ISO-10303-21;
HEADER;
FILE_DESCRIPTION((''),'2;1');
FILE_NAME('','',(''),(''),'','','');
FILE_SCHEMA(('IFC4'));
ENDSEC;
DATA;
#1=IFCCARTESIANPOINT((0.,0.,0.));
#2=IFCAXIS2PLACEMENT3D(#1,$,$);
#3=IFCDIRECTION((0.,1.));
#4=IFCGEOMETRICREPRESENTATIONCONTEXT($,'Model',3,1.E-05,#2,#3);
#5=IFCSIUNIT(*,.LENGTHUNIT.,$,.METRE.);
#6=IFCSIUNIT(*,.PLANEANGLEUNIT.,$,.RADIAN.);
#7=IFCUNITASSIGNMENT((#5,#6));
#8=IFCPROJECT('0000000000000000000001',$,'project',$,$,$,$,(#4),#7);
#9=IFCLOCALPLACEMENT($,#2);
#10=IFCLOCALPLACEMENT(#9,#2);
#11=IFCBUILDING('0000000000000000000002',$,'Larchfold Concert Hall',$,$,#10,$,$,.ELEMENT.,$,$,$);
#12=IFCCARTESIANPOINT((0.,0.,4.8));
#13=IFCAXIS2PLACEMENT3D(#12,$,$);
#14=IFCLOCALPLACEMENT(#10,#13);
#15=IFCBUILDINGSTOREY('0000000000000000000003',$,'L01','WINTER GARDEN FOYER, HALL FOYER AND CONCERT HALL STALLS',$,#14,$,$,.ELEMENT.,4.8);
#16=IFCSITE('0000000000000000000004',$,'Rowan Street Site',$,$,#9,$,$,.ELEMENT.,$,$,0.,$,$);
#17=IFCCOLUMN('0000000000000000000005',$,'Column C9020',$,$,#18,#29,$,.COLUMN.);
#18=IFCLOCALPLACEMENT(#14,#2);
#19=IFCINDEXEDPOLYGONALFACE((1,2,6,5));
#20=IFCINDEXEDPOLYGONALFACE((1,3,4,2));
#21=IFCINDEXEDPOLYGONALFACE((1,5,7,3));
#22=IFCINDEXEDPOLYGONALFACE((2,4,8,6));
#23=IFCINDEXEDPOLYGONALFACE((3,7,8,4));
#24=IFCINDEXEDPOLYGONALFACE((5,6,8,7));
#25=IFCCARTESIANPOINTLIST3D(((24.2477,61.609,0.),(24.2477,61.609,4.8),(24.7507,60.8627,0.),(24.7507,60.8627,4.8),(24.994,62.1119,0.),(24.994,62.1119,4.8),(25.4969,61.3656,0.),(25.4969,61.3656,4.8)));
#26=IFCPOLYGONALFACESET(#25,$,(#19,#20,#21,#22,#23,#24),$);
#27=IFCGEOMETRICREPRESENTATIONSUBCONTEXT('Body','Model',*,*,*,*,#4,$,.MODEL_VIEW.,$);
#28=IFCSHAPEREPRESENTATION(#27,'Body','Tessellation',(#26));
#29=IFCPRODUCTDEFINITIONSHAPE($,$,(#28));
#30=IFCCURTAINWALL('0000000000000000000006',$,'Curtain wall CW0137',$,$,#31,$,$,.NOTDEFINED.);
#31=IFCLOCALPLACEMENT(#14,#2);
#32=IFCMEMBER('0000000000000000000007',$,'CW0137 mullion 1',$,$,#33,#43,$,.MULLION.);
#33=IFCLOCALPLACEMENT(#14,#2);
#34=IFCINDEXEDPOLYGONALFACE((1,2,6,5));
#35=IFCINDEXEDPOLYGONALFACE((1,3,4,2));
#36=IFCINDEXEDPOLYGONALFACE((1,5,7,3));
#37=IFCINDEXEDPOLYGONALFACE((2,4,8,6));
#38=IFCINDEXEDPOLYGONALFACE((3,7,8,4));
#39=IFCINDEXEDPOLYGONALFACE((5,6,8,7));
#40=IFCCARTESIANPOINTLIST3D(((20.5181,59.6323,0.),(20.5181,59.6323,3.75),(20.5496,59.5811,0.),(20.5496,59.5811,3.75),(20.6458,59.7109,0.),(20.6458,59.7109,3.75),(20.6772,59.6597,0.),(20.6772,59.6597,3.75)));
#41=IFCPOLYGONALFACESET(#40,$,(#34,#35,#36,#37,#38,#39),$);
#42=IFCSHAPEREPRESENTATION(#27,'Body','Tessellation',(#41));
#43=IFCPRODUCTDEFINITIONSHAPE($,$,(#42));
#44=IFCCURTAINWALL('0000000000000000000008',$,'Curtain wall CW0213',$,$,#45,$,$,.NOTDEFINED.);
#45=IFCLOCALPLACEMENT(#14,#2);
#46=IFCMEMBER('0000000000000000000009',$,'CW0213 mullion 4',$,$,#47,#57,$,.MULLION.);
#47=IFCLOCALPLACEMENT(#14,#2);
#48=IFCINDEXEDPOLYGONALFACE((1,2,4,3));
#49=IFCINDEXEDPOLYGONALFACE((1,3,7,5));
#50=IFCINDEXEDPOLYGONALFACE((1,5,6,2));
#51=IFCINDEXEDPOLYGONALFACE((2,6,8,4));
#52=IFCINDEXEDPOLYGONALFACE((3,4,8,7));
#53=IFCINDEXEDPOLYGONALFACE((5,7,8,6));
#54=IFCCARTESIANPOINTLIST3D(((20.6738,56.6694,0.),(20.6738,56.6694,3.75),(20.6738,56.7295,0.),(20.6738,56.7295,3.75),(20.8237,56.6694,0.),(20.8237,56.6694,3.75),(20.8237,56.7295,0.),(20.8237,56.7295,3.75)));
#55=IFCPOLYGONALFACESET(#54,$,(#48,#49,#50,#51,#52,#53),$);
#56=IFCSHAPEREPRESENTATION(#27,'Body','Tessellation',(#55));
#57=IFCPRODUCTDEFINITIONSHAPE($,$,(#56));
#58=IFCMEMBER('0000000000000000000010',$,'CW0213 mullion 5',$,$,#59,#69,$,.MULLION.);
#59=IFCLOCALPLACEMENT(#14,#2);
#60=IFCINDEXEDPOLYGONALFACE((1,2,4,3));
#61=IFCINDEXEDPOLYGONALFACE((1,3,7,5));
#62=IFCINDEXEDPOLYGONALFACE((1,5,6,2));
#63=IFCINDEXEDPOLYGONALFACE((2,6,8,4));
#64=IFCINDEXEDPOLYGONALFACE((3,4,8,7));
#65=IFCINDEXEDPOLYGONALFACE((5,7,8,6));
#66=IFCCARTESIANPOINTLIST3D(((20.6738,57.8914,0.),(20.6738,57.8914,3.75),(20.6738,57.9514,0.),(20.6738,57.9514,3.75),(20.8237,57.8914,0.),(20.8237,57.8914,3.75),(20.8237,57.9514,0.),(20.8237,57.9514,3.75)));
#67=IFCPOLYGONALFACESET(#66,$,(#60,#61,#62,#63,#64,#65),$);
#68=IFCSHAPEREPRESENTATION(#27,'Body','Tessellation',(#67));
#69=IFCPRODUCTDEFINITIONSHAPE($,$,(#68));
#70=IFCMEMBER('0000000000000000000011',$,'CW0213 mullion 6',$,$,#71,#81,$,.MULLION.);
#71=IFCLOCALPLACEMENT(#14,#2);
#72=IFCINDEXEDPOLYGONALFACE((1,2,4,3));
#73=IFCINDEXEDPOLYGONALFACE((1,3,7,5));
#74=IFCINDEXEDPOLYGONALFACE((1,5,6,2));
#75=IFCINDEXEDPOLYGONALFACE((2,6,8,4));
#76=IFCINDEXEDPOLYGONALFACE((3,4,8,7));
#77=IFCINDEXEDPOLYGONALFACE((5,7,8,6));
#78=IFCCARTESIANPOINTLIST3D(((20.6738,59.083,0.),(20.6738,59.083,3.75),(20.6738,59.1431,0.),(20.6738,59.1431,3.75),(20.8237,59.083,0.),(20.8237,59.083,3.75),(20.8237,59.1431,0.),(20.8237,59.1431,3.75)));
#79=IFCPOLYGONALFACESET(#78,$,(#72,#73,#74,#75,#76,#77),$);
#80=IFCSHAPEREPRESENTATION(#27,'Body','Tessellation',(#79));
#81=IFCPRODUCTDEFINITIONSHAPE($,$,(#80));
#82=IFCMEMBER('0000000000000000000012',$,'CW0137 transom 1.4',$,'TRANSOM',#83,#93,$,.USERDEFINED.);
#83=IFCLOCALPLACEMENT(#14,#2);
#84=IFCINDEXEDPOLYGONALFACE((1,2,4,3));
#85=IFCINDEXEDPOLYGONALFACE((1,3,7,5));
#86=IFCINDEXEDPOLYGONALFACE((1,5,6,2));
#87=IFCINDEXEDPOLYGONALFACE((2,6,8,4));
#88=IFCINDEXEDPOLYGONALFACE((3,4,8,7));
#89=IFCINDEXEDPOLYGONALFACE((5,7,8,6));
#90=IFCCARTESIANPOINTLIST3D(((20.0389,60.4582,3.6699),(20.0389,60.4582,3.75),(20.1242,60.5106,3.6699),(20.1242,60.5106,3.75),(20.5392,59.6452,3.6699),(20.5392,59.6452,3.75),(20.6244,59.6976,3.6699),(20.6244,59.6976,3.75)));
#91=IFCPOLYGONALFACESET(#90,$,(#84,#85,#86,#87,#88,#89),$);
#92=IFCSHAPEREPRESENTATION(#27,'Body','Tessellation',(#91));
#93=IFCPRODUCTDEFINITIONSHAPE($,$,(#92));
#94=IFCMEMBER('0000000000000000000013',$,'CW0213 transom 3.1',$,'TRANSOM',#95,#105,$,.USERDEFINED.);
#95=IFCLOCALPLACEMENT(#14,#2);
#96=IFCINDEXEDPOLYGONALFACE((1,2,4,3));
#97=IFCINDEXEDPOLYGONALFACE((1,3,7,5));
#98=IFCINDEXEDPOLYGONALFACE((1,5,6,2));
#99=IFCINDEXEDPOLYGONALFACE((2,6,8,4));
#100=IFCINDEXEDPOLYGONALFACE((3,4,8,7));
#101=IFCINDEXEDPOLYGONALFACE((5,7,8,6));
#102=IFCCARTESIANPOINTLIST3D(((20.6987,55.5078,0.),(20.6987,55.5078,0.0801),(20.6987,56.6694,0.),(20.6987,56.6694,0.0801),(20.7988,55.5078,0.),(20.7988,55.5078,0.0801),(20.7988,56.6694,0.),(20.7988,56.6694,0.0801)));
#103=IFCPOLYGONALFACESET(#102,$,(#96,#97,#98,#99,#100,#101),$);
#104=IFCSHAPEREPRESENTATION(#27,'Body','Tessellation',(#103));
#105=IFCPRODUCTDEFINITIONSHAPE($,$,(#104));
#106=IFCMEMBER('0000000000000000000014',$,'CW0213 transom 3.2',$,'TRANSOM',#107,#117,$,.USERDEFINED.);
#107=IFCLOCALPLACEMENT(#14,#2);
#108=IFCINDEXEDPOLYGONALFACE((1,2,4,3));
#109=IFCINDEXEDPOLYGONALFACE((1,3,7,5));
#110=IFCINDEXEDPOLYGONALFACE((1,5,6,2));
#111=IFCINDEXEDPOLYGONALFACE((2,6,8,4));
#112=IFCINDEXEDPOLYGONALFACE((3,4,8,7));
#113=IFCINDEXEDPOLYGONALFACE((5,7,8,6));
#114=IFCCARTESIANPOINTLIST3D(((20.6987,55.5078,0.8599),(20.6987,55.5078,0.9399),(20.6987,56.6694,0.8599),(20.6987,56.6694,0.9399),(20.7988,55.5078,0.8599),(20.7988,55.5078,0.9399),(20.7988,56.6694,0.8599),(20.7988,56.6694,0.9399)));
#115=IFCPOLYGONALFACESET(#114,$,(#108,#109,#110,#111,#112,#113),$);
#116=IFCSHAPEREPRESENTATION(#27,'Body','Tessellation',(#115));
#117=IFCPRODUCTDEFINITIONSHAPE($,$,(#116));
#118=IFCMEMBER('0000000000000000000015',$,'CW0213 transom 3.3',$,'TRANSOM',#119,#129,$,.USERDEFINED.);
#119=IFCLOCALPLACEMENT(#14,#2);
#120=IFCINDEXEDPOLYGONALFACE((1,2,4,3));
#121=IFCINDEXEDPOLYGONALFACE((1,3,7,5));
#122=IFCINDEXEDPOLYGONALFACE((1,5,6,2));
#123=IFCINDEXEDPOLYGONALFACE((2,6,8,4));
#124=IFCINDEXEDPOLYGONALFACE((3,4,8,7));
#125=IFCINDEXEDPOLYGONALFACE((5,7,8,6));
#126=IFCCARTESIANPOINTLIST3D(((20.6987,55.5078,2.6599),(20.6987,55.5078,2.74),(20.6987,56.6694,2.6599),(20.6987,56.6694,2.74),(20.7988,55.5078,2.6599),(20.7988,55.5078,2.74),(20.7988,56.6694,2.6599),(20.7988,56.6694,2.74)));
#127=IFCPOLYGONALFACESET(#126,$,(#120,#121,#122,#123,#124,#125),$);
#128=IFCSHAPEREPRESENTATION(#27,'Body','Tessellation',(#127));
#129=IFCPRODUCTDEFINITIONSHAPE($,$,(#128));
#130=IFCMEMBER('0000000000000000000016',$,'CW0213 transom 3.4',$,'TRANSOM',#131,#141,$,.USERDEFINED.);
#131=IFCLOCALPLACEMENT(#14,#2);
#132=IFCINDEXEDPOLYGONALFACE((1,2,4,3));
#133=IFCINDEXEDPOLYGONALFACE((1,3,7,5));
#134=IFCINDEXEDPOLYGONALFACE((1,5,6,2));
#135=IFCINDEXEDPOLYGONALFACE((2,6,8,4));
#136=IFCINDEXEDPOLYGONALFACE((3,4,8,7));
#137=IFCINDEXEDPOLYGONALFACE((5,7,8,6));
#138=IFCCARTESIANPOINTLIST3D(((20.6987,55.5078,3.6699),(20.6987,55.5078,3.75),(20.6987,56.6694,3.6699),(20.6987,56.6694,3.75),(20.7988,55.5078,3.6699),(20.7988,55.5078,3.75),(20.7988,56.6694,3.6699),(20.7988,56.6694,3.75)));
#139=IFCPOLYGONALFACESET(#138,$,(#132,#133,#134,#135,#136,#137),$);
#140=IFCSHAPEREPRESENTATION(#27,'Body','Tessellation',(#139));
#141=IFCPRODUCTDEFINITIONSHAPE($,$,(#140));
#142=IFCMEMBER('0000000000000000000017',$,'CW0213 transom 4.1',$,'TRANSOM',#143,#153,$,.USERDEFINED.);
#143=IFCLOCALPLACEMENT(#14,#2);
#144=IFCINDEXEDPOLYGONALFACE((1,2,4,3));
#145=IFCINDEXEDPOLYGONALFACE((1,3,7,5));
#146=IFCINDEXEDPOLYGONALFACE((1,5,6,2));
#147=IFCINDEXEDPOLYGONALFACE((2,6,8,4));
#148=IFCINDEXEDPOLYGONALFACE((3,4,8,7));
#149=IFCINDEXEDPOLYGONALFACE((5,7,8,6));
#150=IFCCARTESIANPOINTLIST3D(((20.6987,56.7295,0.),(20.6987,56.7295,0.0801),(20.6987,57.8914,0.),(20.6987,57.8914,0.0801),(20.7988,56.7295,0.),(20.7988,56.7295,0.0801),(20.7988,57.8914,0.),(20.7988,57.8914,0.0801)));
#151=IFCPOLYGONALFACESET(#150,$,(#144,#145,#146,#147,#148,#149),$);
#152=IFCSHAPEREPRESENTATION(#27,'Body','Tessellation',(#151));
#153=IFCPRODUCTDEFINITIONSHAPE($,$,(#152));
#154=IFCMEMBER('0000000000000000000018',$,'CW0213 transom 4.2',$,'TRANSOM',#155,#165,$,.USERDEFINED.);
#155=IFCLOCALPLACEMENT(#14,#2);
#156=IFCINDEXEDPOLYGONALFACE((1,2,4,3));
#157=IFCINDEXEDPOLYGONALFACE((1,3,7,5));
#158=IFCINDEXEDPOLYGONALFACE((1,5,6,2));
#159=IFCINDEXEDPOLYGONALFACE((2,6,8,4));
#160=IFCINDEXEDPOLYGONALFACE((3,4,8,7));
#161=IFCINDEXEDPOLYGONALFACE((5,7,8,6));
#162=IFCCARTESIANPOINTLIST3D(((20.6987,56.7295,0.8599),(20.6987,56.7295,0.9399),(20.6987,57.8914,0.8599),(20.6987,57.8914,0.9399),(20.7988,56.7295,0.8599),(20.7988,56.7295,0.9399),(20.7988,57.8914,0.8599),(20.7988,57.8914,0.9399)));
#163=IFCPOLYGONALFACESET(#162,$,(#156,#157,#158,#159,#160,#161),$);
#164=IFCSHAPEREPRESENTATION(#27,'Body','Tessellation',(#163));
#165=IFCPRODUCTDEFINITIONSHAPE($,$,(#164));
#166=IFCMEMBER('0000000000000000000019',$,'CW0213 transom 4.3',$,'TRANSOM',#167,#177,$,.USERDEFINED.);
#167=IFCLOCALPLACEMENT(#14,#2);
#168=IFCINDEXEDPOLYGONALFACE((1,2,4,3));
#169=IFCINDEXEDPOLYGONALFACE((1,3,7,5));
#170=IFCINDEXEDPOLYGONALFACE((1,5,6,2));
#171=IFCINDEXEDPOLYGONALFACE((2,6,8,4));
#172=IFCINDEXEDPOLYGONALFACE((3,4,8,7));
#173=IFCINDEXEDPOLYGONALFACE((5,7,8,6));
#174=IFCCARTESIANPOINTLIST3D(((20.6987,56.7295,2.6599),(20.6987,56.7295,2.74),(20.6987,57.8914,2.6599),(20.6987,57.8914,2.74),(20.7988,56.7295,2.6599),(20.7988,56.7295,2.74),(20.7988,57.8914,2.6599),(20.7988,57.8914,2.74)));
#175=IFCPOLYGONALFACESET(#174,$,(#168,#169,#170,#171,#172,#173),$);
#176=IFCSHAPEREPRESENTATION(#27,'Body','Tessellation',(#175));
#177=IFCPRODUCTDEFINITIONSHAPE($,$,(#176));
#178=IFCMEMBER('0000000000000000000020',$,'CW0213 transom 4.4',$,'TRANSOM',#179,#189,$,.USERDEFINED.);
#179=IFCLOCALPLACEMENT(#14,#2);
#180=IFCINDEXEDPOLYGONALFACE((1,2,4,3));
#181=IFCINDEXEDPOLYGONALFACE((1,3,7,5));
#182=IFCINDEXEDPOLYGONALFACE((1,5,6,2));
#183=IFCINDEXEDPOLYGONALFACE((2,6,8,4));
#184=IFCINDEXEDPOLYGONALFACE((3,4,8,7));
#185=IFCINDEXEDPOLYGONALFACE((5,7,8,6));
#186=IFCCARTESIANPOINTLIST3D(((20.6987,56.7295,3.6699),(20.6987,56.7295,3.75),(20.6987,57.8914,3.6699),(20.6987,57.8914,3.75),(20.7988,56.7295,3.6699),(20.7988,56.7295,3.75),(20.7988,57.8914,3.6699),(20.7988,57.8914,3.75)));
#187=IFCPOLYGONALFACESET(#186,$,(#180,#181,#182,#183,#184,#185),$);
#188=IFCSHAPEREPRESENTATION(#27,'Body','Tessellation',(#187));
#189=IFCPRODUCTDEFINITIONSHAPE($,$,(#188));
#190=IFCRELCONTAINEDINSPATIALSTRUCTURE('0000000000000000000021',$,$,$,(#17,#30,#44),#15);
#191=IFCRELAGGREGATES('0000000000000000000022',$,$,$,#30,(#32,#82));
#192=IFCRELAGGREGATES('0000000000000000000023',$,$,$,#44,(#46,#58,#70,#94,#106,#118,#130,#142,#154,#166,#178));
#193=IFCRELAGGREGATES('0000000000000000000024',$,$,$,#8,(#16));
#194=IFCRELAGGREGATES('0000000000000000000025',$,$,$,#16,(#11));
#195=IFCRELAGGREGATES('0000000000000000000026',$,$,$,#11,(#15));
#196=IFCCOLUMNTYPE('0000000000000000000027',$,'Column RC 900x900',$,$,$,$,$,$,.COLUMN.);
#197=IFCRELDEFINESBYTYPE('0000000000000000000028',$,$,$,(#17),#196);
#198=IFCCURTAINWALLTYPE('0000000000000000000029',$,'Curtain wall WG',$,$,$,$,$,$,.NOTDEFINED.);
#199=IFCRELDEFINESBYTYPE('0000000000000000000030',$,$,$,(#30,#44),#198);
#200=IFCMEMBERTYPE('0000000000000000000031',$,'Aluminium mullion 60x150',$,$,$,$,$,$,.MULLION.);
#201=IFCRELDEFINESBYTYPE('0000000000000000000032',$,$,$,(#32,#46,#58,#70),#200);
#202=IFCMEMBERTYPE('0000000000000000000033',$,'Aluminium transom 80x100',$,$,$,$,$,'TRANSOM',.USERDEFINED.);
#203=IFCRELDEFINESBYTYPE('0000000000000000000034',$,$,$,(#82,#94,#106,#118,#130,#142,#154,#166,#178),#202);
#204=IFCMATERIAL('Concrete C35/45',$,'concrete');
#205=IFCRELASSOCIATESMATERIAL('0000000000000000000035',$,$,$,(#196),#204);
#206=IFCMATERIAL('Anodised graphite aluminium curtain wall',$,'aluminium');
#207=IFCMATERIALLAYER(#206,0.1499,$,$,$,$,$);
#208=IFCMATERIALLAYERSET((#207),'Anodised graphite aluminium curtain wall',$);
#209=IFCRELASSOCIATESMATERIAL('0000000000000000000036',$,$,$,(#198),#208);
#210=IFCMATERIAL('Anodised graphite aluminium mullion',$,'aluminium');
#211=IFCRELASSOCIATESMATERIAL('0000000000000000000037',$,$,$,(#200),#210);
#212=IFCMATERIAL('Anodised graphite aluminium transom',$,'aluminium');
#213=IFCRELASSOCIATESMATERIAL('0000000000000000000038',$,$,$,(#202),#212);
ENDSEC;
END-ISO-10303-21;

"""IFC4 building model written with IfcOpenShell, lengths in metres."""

from ifc_helpers import new_model, si_unit, direction, frame, origin, origin_2d, place, context, subcontext, project, spatial, rectangle, extrude, material, layer, layer_set, material_profile, profile_set, type_object, element, aggregate, save


model = new_model("IFC4")

# Units and contexts
model_context = context("Model", 3, precision=1e-05, world=origin(), true_north=direction((0.0, 1.0)))
body_context = subcontext(model_context, "Body", "Model", "MODEL_VIEW")
ifc_project = project(units=[si_unit("LENGTHUNIT", "METRE"), si_unit("PLANEANGLEUNIT", "RADIAN")], contexts=[model_context])

# Site, building, storey
site_placement = place(None, origin())
site = spatial("IfcSite", under=ifc_project, at=site_placement, Name="Rowan Street Site", CompositionType="ELEMENT", RefElevation=0.0)
building_placement = place(site_placement, origin())
building = spatial("IfcBuilding", under=site, at=building_placement, Name="Larchfold Concert Hall", CompositionType="ELEMENT")
storey_placement = place(building_placement, frame((0.0, 0.0, 4.8)))
storey = spatial("IfcBuildingStorey", under=building, at=storey_placement, Name="L01", Description="WINTER GARDEN FOYER, HALL FOYER AND CONCERT HALL STALLS", CompositionType="ELEMENT", Elevation=4.8)

# Column
ifc_material_1 = material(Name="Concrete C35/45", Category="concrete")
ifc_material_profile_1 = material_profile(ifc_material_1, rectangle(XDim=0.8999, YDim=0.8999, at=origin_2d()))
ifc_profile_set_1 = profile_set([ifc_material_profile_1], Name="Concrete C35/45")
column_type = type_object("IfcColumnType", Name="Column RC 900x900", PredefinedType="COLUMN", material=ifc_profile_set_1)
column_placement = place(storey_placement, frame((24.8723, 61.4873, 0.0), z_axis=(0.0, 0.0, 1.0), x_axis=(0.829253, 0.558874, 0.0)))
element("IfcColumn", 1, at=column_placement, inside=storey, type_object=column_type, Name="Column C9020", PredefinedType="COLUMN", context=body_context, shape_type="SweptSolid", body=[
    extrude(rectangle(XDim=0.8999, YDim=0.8999, at=origin_2d()), origin(), (0.0, 0.0, 1.0), 4.8),
])

# Curtain wall, member
ifc_material_2 = material(Name="Anodised graphite aluminium curtain wall", Category="aluminium")
ifc_layer_1 = layer(ifc_material_2, 0.1499)
ifc_layer_set_1 = layer_set([ifc_layer_1], Name="Anodised graphite aluminium curtain wall")
curtain_wall_type = type_object("IfcCurtainWallType", Name="Curtain wall WG", PredefinedType="NOTDEFINED", material=ifc_layer_set_1)
curtain_wall_1_placement = place(storey_placement, origin())
curtain_wall_1 = element("IfcCurtainWall", 2, at=curtain_wall_1_placement, inside=storey, type_object=curtain_wall_type, Name="Curtain wall CW0137", PredefinedType="NOTDEFINED")
ifc_material_3 = material(Name="Anodised graphite aluminium mullion", Category="aluminium")
ifc_material_profile_2 = material_profile(ifc_material_3, rectangle(XDim=0.1499, YDim=0.0601, at=origin_2d()))
ifc_profile_set_2 = profile_set([ifc_material_profile_2], Name="Anodised graphite aluminium mullion")
member_type_1 = type_object("IfcMemberType", Name="Aluminium mullion 60x150", PredefinedType="MULLION", material=ifc_profile_set_2)
member_1_placement = place(storey_placement, frame((20.5977, 59.646, 0.0), z_axis=(0.0, 0.0, 1.0), x_axis=(-0.851674, -0.524071, 0.0)))
member_1 = element("IfcMember", 3, at=member_1_placement, type_object=member_type_1, Name="CW0137 mullion 1", PredefinedType="MULLION", context=body_context, shape_type="SweptSolid", body=[
    extrude(rectangle(XDim=0.1499, YDim=0.0601, at=origin_2d()), origin(), (0.0, 0.0, 1.0), 3.75),
])

# Curtain wall, members
curtain_wall_2_placement = place(storey_placement, origin())
curtain_wall_2 = element("IfcCurtainWall", 4, at=curtain_wall_2_placement, inside=storey, type_object=curtain_wall_type, Name="Curtain wall CW0213", PredefinedType="NOTDEFINED")
member_2_placement = place(storey_placement, frame((20.7488, 56.6995, 0.0), z_axis=(0.0, 0.0, 1.0), x_axis=(-1.0, 0.0, 0.0)))
member_2 = element("IfcMember", 5, at=member_2_placement, type_object=member_type_1, Name="CW0213 mullion 4", PredefinedType="MULLION", context=body_context, shape_type="SweptSolid", body=[
    extrude(rectangle(XDim=0.1499, YDim=0.0601, at=origin_2d()), origin(), (0.0, 0.0, 1.0), 3.75),
])
member_3_placement = place(storey_placement, frame((20.7488, 57.9214, 0.0), z_axis=(0.0, 0.0, 1.0), x_axis=(-1.0, 0.0, 0.0)))
member_3 = element("IfcMember", 6, at=member_3_placement, type_object=member_type_1, Name="CW0213 mullion 5", PredefinedType="MULLION", context=body_context, shape_type="SweptSolid", body=[
    extrude(rectangle(XDim=0.1499, YDim=0.0601, at=origin_2d()), origin(), (0.0, 0.0, 1.0), 3.75),
])
member_4_placement = place(storey_placement, frame((20.7488, 59.113, 0.0), z_axis=(0.0, 0.0, 1.0), x_axis=(-1.0, 0.0, 0.0)))
member_4 = element("IfcMember", 7, at=member_4_placement, type_object=member_type_1, Name="CW0213 mullion 6", PredefinedType="MULLION", context=body_context, shape_type="SweptSolid", body=[
    extrude(rectangle(XDim=0.1499, YDim=0.0601, at=origin_2d()), origin(), (0.0, 0.0, 1.0), 3.75),
])

# Members
ifc_material_4 = material(Name="Anodised graphite aluminium transom", Category="aluminium")
ifc_material_profile_3 = material_profile(ifc_material_4, rectangle(XDim=0.1001, YDim=0.0801, at=origin_2d()))
ifc_profile_set_3 = profile_set([ifc_material_profile_3], Name="Anodised graphite aluminium transom")
member_type_2 = type_object("IfcMemberType", Name="Aluminium transom 80x100", ElementType="TRANSOM", PredefinedType="USERDEFINED", material=ifc_profile_set_3)
member_5_placement = place(storey_placement, frame((20.5818, 59.6714, 3.71), z_axis=(-0.524055, 0.851685, 0.0), x_axis=(-0.851685, -0.524055, 0.0)))
member_5 = element("IfcMember", 8, at=member_5_placement, type_object=member_type_2, Name="CW0137 transom 1.4", ObjectType="TRANSOM", PredefinedType="USERDEFINED", context=body_context, shape_type="SweptSolid", body=[
    extrude(rectangle(XDim=0.1001, YDim=0.0801, at=origin_2d()), origin(), (0.0, 0.0, 1.0), 0.9546),
])
aggregate(curtain_wall_1, [member_1, member_5])
member_6_placement = place(storey_placement, frame((20.7488, 55.5078, 0.04), z_axis=(0.0, 1.0, 0.0), x_axis=(-1.0, 0.0, 0.0)))
member_6 = element("IfcMember", 9, at=member_6_placement, type_object=member_type_2, Name="CW0213 transom 3.1", ObjectType="TRANSOM", PredefinedType="USERDEFINED", context=body_context, shape_type="SweptSolid", body=[
    extrude(rectangle(XDim=0.1001, YDim=0.0801, at=origin_2d()), origin(), (0.0, 0.0, 1.0), 1.1616),
])
member_7_placement = place(storey_placement, frame((20.7488, 55.5078, 0.8999), z_axis=(0.0, 1.0, 0.0), x_axis=(-1.0, 0.0, 0.0)))
member_7 = element("IfcMember", 10, at=member_7_placement, type_object=member_type_2, Name="CW0213 transom 3.2", ObjectType="TRANSOM", PredefinedType="USERDEFINED", context=body_context, shape_type="SweptSolid", body=[
    extrude(rectangle(XDim=0.1001, YDim=0.0801, at=origin_2d()), origin(), (0.0, 0.0, 1.0), 1.1616),
])
member_8_placement = place(storey_placement, frame((20.7488, 55.5078, 2.7), z_axis=(0.0, 1.0, 0.0), x_axis=(-1.0, 0.0, 0.0)))
member_8 = element("IfcMember", 11, at=member_8_placement, type_object=member_type_2, Name="CW0213 transom 3.3", ObjectType="TRANSOM", PredefinedType="USERDEFINED", context=body_context, shape_type="SweptSolid", body=[
    extrude(rectangle(XDim=0.1001, YDim=0.0801, at=origin_2d()), origin(), (0.0, 0.0, 1.0), 1.1616),
])
member_9_placement = place(storey_placement, frame((20.7488, 55.5078, 3.71), z_axis=(0.0, 1.0, 0.0), x_axis=(-1.0, 0.0, 0.0)))
member_9 = element("IfcMember", 12, at=member_9_placement, type_object=member_type_2, Name="CW0213 transom 3.4", ObjectType="TRANSOM", PredefinedType="USERDEFINED", context=body_context, shape_type="SweptSolid", body=[
    extrude(rectangle(XDim=0.1001, YDim=0.0801, at=origin_2d()), origin(), (0.0, 0.0, 1.0), 1.1616),
])
member_10_placement = place(storey_placement, frame((20.7488, 56.7295, 0.04), z_axis=(0.0, 1.0, 0.0), x_axis=(-1.0, 0.0, 0.0)))
member_10 = element("IfcMember", 13, at=member_10_placement, type_object=member_type_2, Name="CW0213 transom 4.1", ObjectType="TRANSOM", PredefinedType="USERDEFINED", context=body_context, shape_type="SweptSolid", body=[
    extrude(rectangle(XDim=0.1001, YDim=0.0801, at=origin_2d()), origin(), (0.0, 0.0, 1.0), 1.1619),
])
member_11_placement = place(storey_placement, frame((20.7488, 56.7295, 0.8999), z_axis=(0.0, 1.0, 0.0), x_axis=(-1.0, 0.0, 0.0)))
member_11 = element("IfcMember", 14, at=member_11_placement, type_object=member_type_2, Name="CW0213 transom 4.2", ObjectType="TRANSOM", PredefinedType="USERDEFINED", context=body_context, shape_type="SweptSolid", body=[
    extrude(rectangle(XDim=0.1001, YDim=0.0801, at=origin_2d()), origin(), (0.0, 0.0, 1.0), 1.1619),
])
member_12_placement = place(storey_placement, frame((20.7488, 56.7295, 2.7), z_axis=(0.0, 1.0, 0.0), x_axis=(-1.0, 0.0, 0.0)))
member_12 = element("IfcMember", 15, at=member_12_placement, type_object=member_type_2, Name="CW0213 transom 4.3", ObjectType="TRANSOM", PredefinedType="USERDEFINED", context=body_context, shape_type="SweptSolid", body=[
    extrude(rectangle(XDim=0.1001, YDim=0.0801, at=origin_2d()), origin(), (0.0, 0.0, 1.0), 1.1619),
])
member_13_placement = place(storey_placement, frame((20.7488, 56.7295, 3.71), z_axis=(0.0, 1.0, 0.0), x_axis=(-1.0, 0.0, 0.0)))
member_13 = element("IfcMember", 16, at=member_13_placement, type_object=member_type_2, Name="CW0213 transom 4.4", ObjectType="TRANSOM", PredefinedType="USERDEFINED", context=body_context, shape_type="SweptSolid", body=[
    extrude(rectangle(XDim=0.1001, YDim=0.0801, at=origin_2d()), origin(), (0.0, 0.0, 1.0), 1.1619),
])

aggregate(curtain_wall_2, [member_2, member_3, member_4, member_6, member_7, member_8, member_9, member_10, member_11, member_12, member_13])

save(model, "model.ifc")
